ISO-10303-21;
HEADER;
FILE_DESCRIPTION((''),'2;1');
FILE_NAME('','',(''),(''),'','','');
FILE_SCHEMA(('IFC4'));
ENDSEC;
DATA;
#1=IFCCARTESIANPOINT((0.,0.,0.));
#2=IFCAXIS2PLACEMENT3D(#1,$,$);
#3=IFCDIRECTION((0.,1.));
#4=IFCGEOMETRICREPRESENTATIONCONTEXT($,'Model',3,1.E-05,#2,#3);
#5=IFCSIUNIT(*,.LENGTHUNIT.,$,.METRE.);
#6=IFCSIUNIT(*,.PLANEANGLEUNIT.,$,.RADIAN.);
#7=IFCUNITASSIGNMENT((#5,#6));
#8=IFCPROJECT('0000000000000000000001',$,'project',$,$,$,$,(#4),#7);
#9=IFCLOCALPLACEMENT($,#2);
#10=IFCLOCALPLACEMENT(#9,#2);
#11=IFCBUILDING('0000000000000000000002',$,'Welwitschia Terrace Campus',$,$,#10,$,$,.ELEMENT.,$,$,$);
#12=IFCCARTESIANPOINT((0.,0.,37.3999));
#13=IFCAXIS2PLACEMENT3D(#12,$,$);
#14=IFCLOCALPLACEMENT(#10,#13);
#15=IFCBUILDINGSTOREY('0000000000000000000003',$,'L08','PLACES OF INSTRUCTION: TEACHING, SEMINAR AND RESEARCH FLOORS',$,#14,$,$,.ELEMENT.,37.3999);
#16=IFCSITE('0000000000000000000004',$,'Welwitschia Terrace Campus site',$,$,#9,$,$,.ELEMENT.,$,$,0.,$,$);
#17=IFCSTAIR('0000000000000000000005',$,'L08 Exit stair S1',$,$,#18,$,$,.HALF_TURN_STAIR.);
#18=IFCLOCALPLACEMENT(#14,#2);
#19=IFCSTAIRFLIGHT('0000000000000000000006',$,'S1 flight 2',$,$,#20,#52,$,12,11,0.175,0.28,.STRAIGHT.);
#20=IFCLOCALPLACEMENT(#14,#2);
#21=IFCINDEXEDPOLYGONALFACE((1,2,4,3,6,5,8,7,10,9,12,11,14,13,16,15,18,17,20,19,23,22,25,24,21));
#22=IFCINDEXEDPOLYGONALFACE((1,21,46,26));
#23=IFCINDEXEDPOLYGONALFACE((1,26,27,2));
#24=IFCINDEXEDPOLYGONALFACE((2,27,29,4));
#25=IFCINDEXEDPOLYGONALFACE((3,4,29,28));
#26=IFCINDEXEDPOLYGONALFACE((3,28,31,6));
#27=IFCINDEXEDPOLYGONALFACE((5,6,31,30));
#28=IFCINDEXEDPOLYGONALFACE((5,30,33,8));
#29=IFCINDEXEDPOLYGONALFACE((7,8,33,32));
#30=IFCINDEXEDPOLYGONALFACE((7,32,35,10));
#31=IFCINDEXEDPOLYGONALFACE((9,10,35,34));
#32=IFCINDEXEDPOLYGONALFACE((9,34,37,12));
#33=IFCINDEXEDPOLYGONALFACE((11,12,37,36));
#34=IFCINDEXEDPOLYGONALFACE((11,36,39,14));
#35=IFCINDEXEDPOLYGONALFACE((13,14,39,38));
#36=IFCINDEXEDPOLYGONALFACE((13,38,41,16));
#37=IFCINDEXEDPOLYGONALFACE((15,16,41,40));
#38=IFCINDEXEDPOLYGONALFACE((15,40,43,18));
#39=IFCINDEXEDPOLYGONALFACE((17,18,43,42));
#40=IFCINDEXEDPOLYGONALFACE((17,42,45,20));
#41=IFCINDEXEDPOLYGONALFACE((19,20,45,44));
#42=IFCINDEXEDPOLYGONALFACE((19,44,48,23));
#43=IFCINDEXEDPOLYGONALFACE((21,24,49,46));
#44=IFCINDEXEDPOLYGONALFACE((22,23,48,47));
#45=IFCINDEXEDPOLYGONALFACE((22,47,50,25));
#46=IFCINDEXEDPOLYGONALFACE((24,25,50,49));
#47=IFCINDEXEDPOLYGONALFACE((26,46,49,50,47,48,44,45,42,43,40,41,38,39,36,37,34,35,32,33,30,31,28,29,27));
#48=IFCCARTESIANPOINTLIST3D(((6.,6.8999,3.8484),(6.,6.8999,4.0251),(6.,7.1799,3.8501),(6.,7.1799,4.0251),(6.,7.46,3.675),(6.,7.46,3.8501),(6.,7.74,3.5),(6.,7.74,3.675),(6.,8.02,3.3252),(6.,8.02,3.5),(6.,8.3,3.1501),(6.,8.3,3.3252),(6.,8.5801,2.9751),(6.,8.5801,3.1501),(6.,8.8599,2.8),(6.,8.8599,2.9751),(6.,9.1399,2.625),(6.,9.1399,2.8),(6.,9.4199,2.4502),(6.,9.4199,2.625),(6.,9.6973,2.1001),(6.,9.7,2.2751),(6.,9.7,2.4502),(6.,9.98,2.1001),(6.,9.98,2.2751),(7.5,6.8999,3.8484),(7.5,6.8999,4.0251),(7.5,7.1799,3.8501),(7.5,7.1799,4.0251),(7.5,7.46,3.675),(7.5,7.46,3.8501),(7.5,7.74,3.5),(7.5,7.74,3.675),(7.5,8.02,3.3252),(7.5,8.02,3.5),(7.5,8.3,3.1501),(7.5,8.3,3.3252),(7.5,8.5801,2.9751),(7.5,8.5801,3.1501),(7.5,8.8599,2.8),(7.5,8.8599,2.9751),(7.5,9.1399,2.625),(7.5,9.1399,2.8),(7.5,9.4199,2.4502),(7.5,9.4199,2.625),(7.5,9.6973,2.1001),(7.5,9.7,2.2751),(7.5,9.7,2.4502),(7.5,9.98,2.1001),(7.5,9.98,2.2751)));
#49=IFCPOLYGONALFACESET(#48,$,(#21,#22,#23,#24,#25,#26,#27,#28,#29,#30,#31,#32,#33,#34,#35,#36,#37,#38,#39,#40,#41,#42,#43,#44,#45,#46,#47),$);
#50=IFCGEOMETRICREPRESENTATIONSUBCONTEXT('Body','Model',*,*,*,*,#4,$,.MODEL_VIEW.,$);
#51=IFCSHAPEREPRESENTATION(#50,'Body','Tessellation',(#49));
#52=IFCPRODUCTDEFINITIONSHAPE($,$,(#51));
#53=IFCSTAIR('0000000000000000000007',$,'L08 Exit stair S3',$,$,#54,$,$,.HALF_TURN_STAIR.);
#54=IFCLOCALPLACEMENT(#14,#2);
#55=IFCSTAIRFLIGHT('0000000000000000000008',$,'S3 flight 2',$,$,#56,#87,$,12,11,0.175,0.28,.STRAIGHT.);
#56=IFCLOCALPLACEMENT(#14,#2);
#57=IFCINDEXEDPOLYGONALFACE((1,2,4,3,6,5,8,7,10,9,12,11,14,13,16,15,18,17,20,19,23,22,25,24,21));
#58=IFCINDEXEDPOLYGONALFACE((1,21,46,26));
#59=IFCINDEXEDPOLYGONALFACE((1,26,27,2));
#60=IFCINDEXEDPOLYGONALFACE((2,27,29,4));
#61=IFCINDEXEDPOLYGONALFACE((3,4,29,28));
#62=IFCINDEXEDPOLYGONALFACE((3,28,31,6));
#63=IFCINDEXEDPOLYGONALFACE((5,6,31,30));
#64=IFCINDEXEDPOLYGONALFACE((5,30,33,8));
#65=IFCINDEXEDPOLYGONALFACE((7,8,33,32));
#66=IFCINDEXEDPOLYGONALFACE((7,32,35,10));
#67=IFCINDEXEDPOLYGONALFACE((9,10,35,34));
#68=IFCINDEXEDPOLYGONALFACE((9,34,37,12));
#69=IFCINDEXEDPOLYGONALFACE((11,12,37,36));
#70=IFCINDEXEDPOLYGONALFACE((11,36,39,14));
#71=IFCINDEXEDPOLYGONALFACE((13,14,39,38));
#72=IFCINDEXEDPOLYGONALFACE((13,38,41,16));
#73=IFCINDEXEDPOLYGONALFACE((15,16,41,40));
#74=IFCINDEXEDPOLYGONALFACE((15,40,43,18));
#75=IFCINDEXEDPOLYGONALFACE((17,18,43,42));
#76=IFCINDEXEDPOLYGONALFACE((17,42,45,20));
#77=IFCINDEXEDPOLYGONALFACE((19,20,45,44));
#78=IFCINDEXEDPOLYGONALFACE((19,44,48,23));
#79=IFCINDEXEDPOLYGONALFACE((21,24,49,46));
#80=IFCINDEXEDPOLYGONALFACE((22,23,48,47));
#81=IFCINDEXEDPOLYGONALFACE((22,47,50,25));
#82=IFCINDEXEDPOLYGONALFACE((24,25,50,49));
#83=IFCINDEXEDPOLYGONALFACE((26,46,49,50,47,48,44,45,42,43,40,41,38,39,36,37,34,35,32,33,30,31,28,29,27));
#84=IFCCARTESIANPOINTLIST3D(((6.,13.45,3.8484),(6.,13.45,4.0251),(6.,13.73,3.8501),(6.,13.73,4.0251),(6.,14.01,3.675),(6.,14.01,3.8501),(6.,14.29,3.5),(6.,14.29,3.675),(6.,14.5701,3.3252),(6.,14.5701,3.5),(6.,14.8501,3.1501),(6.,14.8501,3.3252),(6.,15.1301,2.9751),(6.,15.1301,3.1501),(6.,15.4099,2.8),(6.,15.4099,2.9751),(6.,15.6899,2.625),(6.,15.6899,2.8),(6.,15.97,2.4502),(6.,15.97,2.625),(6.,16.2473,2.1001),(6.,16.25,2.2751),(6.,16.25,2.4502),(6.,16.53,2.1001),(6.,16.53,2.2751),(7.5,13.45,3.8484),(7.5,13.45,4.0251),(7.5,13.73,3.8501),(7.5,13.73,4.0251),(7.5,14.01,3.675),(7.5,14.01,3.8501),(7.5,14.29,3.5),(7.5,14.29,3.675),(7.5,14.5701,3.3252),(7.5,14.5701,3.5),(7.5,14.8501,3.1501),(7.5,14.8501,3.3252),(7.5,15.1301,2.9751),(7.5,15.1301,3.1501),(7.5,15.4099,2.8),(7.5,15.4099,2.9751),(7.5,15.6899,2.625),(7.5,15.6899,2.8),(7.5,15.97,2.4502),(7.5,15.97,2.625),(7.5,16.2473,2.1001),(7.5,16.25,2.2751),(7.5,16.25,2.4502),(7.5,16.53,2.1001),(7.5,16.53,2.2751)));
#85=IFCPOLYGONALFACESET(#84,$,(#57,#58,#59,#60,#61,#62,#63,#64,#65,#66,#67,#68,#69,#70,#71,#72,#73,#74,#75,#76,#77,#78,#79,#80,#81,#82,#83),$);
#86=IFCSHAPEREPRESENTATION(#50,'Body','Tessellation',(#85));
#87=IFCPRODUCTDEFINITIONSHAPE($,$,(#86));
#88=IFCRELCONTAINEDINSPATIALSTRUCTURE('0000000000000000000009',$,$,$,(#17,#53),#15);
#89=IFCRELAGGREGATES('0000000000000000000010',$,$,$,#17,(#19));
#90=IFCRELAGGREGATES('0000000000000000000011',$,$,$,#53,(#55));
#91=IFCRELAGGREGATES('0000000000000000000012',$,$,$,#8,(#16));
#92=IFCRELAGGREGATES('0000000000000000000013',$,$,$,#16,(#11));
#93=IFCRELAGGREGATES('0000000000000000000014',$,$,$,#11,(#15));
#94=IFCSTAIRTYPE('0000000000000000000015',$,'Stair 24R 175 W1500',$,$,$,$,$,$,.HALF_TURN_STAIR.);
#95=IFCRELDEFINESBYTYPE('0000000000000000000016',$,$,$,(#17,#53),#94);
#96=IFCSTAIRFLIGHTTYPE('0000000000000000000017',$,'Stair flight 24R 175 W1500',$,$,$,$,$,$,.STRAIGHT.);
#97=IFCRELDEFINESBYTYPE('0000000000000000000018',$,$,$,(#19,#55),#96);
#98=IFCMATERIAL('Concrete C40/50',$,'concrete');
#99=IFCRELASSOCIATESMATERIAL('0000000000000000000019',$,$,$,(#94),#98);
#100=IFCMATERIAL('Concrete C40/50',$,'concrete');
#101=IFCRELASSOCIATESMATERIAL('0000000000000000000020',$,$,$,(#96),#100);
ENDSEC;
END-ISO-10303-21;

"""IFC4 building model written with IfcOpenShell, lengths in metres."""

from ifc_helpers import new_model, si_unit, direction, frame, origin, place, context, subcontext, project, spatial, polyline, outline, extrude, material, type_object, element, aggregate, save


model = new_model("IFC4")

# Units and contexts
model_context = context("Model", 3, precision=1e-05, world=origin(), true_north=direction((0.0, 1.0)))
body_context = subcontext(model_context, "Body", "Model", "MODEL_VIEW")
ifc_project = project(units=[si_unit("LENGTHUNIT", "METRE"), si_unit("PLANEANGLEUNIT", "RADIAN")], contexts=[model_context])

# Site, building, storey
site_placement = place(None, origin())
site = spatial("IfcSite", under=ifc_project, at=site_placement, Name="Welwitschia Terrace Campus site", CompositionType="ELEMENT", RefElevation=0.0)
building_placement = place(site_placement, origin())
building = spatial("IfcBuilding", under=site, at=building_placement, Name="Welwitschia Terrace Campus", CompositionType="ELEMENT")
storey_placement = place(building_placement, frame((0.0, 0.0, 37.3999)))
storey = spatial("IfcBuildingStorey", under=building, at=storey_placement, Name="L08", Description="PLACES OF INSTRUCTION: TEACHING, SEMINAR AND RESEARCH FLOORS", CompositionType="ELEMENT", Elevation=37.3999)

# Stairs, stair flights
ifc_material_1 = material(Name="Concrete C40/50", Category="concrete")
stair_type = type_object("IfcStairType", Name="Stair 24R 175 W1500", PredefinedType="HALF_TURN_STAIR", material=ifc_material_1)
stair_1_placement = place(storey_placement, origin())
stair_1 = element("IfcStair", 1, at=stair_1_placement, inside=storey, type_object=stair_type, Name="L08 Exit stair S1", PredefinedType="HALF_TURN_STAIR")
ifc_material_2 = material(Name="Concrete C40/50", Category="concrete")
stair_flight_type = type_object("IfcStairFlightType", Name="Stair flight 24R 175 W1500", PredefinedType="STRAIGHT", material=ifc_material_2)
stair_flight_1_placement = place(storey_placement, frame((6.75, 9.98, 2.1001), z_axis=(0.0, 0.0, 1.0), x_axis=(0.0, -1.0, 0.0)))
stair_flight_1 = element("IfcStairFlight", 2, at=stair_flight_1_placement, type_object=stair_flight_type, Name="S1 flight 2", NumberOfRisers=12, NumberOfTreads=11, PredefinedType="STRAIGHT", RiserHeight=0.175, TreadLength=0.28, context=body_context, shape_type="SweptSolid", body=[
    extrude(outline(polyline([(0.0, 0.0), (0.0, 0.175), (0.28, 0.175), (0.28, 0.3501), (0.5601, 0.3501), (0.5601, 0.5249), (0.8401, 0.5249), (0.8401, 0.7), (1.1201, 0.7), (1.1201, 0.875), (1.3999, 0.875), (1.3999, 1.05), (1.6799, 1.05), (1.6799, 1.2251), (1.96, 1.2251), (1.96, 1.3999), (2.24, 1.3999), (2.24, 1.575), (2.52, 1.575), (2.52, 1.75), (2.8, 1.75), (2.8, 1.925), (3.0801, 1.925), (3.0801, 2.1001), (3.0801, 1.7483), (0.2827, 0.0), (0.0, 0.0)])), frame((0.0, 0.75, 0.0), z_axis=(0.0, -1.0, 0.0), x_axis=(1.0, 0.0, 0.0)), (0.0, 0.0, 1.0), 1.5),
])
aggregate(stair_1, [stair_flight_1])
stair_2_placement = place(storey_placement, origin())
stair_2 = element("IfcStair", 3, at=stair_2_placement, inside=storey, type_object=stair_type, Name="L08 Exit stair S3", PredefinedType="HALF_TURN_STAIR")
stair_flight_2_placement = place(storey_placement, frame((6.75, 16.53, 2.1001), z_axis=(0.0, 0.0, 1.0), x_axis=(0.0, -1.0, 0.0)))
stair_flight_2 = element("IfcStairFlight", 4, at=stair_flight_2_placement, type_object=stair_flight_type, Name="S3 flight 2", NumberOfRisers=12, NumberOfTreads=11, PredefinedType="STRAIGHT", RiserHeight=0.175, TreadLength=0.28, context=body_context, shape_type="SweptSolid", body=[
    extrude(outline(polyline([(0.0, 0.0), (0.0, 0.175), (0.28, 0.175), (0.28, 0.3501), (0.5601, 0.3501), (0.5601, 0.5249), (0.8401, 0.5249), (0.8401, 0.7), (1.1201, 0.7), (1.1201, 0.875), (1.3999, 0.875), (1.3999, 1.05), (1.6799, 1.05), (1.6799, 1.2251), (1.96, 1.2251), (1.96, 1.3999), (2.24, 1.3999), (2.24, 1.575), (2.52, 1.575), (2.52, 1.75), (2.8, 1.75), (2.8, 1.925), (3.0801, 1.925), (3.0801, 2.1001), (3.0801, 1.7483), (0.2827, 0.0), (0.0, 0.0)])), frame((0.0, 0.75, 0.0), z_axis=(0.0, -1.0, 0.0), x_axis=(1.0, 0.0, 0.0)), (0.0, 0.0, 1.0), 1.5),
])
aggregate(stair_2, [stair_flight_2])

save(model, "model.ifc")
